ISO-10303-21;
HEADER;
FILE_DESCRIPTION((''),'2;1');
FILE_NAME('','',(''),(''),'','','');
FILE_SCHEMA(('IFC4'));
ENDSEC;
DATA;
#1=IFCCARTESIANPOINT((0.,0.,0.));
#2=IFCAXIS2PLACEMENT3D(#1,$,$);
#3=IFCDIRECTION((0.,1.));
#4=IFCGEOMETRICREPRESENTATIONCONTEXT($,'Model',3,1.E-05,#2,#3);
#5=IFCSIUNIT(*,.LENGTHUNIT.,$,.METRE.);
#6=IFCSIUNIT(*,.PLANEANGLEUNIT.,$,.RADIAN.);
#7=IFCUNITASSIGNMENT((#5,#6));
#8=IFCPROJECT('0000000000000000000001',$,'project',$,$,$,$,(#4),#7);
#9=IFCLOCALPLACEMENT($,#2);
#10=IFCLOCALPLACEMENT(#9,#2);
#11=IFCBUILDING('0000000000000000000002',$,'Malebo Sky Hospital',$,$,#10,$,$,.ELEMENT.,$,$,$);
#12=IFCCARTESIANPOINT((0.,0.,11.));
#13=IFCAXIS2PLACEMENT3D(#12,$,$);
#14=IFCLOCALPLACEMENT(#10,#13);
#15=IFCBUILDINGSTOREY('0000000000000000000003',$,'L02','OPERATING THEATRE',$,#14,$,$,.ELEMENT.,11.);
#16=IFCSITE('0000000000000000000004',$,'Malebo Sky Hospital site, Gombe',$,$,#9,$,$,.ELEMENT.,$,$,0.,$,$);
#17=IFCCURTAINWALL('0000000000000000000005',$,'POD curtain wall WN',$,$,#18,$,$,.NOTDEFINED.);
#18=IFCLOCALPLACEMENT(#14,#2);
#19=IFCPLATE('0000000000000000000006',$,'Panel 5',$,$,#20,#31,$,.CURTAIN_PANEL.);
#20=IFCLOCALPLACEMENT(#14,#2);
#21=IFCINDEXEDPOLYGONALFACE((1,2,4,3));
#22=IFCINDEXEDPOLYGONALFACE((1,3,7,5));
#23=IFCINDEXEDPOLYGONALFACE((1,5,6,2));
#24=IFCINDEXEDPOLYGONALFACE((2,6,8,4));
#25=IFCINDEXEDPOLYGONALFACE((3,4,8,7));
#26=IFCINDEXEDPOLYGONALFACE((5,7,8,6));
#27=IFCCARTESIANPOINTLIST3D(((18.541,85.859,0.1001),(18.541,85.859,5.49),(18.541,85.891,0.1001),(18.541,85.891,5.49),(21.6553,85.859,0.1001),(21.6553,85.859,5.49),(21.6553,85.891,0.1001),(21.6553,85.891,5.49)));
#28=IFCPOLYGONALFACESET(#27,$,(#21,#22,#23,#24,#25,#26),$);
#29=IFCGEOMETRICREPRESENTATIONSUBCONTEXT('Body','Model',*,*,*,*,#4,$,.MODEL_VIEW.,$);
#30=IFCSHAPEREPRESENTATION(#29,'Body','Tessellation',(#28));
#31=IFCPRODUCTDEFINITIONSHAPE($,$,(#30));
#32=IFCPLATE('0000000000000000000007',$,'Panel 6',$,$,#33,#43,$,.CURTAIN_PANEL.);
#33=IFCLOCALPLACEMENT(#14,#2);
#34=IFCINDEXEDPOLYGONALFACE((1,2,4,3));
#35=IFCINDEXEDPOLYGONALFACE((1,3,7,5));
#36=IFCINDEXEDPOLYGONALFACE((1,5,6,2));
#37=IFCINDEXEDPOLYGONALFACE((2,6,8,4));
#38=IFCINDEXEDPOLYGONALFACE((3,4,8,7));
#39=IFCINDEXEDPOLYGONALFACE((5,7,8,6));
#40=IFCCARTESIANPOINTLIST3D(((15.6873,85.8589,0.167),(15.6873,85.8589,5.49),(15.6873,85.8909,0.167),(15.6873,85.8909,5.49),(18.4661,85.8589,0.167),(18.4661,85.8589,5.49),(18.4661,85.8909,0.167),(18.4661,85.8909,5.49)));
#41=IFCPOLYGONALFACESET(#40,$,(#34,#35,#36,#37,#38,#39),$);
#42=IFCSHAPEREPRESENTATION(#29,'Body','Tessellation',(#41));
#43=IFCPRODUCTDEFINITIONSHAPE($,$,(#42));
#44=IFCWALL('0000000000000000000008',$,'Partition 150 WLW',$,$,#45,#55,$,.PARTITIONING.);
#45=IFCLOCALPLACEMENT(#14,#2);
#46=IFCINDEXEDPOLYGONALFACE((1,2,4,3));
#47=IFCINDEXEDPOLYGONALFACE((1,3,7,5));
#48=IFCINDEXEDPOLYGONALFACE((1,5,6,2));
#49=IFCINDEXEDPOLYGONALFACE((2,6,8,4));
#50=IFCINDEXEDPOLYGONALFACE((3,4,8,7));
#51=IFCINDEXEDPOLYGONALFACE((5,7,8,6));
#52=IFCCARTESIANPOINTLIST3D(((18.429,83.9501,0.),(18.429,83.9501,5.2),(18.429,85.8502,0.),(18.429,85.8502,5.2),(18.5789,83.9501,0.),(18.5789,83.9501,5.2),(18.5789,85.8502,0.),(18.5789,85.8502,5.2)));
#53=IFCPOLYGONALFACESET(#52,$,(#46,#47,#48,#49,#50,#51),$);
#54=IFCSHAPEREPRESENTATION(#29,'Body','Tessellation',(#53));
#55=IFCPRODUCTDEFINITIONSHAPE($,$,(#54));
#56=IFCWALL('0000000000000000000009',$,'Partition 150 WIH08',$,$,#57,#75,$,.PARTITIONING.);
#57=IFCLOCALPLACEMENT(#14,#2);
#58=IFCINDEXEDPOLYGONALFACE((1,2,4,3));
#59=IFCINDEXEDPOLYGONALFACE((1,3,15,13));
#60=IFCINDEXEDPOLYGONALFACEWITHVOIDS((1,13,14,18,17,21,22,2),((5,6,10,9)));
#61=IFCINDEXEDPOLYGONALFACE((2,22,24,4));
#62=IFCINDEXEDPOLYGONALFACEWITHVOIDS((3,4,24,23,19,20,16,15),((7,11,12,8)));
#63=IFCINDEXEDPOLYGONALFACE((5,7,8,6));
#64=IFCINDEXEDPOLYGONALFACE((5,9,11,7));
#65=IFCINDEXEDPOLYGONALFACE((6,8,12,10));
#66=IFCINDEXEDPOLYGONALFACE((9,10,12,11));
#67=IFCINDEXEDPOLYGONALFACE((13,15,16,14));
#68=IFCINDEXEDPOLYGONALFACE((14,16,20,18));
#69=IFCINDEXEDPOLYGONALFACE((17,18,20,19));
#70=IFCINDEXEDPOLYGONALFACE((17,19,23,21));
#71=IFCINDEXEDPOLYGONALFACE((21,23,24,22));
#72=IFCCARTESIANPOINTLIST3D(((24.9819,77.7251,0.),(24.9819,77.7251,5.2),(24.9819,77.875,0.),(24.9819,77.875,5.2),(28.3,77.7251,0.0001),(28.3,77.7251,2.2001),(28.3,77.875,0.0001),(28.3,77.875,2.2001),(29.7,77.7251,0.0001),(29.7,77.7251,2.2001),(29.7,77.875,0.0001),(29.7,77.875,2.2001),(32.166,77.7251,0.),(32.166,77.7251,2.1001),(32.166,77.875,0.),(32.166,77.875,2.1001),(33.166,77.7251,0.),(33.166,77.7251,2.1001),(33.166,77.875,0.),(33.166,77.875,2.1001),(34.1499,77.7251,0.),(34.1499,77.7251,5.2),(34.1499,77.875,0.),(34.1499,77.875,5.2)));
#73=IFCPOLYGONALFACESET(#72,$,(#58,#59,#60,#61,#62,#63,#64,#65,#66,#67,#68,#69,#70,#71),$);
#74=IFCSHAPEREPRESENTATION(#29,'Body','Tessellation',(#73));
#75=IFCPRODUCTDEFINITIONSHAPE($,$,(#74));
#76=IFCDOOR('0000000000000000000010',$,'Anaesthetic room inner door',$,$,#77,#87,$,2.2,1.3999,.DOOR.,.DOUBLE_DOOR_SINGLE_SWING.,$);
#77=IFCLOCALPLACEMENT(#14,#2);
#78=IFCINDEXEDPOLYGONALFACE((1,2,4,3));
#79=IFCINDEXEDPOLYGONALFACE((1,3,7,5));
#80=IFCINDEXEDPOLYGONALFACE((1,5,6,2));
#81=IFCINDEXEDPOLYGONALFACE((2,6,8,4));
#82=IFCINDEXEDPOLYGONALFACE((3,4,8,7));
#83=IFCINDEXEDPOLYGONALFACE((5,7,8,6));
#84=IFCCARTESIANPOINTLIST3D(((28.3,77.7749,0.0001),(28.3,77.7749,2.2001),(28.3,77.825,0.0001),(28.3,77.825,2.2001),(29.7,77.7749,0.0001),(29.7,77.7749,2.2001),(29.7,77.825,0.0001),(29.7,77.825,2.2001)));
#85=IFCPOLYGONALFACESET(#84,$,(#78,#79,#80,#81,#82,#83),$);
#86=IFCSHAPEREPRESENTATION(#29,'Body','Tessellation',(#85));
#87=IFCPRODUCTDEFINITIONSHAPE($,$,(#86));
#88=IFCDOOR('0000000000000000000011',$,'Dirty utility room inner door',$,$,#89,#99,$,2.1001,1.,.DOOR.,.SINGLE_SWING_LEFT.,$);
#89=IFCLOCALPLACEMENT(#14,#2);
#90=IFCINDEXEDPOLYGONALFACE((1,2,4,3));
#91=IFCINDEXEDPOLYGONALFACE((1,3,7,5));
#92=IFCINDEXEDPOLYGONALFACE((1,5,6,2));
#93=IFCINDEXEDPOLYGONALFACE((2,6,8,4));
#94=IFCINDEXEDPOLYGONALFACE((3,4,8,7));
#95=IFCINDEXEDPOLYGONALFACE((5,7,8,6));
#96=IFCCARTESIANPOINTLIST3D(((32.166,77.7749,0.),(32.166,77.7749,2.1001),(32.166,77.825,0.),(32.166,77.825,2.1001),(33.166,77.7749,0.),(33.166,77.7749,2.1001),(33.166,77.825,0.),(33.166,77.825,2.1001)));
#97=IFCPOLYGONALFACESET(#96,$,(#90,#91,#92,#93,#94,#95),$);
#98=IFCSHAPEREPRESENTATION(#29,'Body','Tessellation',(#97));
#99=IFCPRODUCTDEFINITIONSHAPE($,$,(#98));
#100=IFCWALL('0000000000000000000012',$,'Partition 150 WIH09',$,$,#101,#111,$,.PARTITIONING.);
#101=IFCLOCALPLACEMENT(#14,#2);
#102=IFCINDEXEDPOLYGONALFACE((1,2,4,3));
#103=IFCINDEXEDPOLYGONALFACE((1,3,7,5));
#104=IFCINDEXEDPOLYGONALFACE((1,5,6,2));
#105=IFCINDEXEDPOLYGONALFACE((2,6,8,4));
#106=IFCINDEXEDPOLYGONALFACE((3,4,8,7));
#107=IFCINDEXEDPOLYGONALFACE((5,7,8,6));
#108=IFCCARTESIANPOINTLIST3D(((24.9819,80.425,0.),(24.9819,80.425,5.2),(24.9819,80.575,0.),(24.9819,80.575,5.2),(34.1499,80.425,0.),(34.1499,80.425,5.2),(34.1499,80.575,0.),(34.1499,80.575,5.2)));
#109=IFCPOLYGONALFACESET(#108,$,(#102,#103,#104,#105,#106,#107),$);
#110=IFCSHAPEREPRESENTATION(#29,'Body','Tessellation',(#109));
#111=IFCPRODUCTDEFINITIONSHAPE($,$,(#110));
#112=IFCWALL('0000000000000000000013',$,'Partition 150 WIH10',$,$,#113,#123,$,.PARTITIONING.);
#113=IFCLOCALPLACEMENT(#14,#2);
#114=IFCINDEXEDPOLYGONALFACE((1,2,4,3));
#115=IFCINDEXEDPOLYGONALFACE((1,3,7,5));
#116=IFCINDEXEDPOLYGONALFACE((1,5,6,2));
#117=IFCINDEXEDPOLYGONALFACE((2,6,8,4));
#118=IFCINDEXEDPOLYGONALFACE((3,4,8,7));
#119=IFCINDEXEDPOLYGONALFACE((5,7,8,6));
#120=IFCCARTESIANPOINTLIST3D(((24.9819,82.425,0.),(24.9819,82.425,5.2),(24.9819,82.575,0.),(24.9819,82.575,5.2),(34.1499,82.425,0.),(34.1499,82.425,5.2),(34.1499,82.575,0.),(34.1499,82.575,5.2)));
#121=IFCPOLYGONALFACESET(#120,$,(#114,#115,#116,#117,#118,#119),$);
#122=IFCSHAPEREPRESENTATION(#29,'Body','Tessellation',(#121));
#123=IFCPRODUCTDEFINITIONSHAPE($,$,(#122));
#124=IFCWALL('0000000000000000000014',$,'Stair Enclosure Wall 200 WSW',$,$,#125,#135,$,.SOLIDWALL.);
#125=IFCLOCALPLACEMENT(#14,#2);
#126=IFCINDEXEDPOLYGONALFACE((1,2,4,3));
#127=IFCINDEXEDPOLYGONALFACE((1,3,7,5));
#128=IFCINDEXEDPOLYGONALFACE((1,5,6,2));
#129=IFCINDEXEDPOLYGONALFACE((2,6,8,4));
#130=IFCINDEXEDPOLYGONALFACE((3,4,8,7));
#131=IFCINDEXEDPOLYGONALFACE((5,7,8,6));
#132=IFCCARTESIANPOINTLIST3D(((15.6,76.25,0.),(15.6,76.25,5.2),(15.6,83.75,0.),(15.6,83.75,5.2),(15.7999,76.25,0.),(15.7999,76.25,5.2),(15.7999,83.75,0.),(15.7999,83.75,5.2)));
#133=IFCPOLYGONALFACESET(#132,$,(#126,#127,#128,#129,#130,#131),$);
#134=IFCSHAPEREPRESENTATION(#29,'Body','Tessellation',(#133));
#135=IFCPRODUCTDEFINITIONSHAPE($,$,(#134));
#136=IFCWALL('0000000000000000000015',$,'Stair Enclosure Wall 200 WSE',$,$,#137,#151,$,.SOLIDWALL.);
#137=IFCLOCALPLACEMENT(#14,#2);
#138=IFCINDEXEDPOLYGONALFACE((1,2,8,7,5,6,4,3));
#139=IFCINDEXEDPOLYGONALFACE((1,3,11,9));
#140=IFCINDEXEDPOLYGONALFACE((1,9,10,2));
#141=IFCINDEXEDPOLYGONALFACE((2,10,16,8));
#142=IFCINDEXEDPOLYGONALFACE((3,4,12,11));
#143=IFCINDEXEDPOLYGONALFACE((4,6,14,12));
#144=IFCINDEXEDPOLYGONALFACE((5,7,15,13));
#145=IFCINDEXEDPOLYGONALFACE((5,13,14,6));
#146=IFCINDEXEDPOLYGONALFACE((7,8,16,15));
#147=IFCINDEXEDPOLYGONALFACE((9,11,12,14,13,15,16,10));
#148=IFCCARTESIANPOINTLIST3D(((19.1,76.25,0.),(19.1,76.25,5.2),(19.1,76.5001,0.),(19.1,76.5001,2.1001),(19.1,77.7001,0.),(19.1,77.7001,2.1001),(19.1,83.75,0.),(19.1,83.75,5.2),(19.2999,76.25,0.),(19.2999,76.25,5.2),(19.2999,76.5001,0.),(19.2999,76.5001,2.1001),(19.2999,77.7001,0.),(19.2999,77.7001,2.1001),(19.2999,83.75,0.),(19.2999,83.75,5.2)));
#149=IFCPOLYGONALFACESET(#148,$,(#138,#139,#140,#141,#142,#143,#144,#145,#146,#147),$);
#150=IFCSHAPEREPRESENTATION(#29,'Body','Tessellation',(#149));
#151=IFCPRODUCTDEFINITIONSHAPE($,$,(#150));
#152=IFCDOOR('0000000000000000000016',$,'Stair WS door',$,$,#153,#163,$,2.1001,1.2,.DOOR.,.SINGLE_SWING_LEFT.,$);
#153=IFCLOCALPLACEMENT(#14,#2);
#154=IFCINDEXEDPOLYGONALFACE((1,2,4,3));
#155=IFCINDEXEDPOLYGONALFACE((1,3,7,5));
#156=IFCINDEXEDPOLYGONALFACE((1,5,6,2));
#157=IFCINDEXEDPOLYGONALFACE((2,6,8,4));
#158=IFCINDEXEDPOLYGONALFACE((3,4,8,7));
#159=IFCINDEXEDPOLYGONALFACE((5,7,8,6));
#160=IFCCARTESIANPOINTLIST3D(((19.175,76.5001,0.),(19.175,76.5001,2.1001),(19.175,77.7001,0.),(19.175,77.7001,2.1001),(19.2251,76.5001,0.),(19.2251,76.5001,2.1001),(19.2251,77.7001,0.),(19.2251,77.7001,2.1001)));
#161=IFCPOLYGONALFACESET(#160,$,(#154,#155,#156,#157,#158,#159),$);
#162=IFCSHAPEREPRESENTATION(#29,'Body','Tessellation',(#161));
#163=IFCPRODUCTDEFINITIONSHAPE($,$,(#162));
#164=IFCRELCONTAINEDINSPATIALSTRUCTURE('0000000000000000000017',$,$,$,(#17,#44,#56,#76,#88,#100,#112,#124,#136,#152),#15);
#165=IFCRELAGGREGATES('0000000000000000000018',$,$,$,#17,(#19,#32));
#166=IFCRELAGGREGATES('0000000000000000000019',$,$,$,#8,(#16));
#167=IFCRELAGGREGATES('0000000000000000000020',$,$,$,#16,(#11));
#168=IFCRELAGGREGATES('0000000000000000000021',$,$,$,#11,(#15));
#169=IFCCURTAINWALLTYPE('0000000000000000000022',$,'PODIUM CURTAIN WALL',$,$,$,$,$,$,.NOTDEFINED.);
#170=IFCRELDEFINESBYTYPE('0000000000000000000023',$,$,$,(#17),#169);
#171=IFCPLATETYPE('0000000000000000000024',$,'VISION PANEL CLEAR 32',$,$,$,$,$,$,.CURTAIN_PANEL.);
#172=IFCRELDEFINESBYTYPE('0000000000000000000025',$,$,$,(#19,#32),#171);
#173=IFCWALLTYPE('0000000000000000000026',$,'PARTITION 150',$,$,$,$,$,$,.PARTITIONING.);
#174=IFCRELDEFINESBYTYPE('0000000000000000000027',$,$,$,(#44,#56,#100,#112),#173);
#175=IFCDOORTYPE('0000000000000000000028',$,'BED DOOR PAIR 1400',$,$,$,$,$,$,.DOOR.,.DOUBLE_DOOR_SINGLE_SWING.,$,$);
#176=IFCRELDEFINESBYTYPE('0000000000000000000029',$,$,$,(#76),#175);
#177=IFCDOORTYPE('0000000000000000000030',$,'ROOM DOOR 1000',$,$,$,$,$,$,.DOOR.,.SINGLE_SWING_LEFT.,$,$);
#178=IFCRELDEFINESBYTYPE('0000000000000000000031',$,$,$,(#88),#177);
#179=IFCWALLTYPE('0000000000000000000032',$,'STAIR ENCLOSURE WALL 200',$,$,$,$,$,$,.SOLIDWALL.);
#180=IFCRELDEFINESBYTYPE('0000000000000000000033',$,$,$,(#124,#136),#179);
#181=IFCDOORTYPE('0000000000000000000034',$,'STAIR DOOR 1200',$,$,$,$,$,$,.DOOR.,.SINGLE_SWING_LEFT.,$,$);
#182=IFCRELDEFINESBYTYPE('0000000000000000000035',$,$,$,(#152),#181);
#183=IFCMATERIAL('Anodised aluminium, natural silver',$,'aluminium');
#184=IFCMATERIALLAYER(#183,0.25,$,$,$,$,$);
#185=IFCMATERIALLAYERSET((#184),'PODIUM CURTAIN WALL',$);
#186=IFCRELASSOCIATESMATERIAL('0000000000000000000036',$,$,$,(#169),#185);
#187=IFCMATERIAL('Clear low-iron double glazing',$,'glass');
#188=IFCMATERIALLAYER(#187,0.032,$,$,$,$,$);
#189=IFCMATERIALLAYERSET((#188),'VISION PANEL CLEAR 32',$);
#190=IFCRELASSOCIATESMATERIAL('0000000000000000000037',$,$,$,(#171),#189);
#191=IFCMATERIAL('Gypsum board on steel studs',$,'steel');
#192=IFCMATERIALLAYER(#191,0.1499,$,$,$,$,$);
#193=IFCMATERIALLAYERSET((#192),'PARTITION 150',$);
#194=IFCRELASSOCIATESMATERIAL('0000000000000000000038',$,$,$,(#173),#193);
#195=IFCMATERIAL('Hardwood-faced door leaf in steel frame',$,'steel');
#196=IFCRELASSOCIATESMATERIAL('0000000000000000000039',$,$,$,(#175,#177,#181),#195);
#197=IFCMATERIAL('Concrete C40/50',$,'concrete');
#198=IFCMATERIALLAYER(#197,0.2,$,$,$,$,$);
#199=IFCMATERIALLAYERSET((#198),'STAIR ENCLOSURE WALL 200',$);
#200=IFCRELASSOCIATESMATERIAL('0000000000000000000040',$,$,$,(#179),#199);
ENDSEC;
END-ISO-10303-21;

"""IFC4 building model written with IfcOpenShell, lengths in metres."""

from ifc_helpers import new_model, si_unit, direction, frame, frame_2d, origin, origin_2d, place, context, subcontext, project, spatial, polyline, rectangle, outline, extrude, material, layer, layer_set, type_object, element, fill, aggregate, save


model = new_model("IFC4")

# Units and contexts
model_context = context("Model", 3, precision=1e-05, world=origin(), true_north=direction((0.0, 1.0)))
body_context = subcontext(model_context, "Body", "Model", "MODEL_VIEW")
ifc_project = project(units=[si_unit("LENGTHUNIT", "METRE"), si_unit("PLANEANGLEUNIT", "RADIAN")], contexts=[model_context])

# Site, building, storey
site_placement = place(None, origin())
site = spatial("IfcSite", under=ifc_project, at=site_placement, Name="Malebo Sky Hospital site, Gombe", CompositionType="ELEMENT", RefElevation=0.0)
building_placement = place(site_placement, origin())
building = spatial("IfcBuilding", under=site, at=building_placement, Name="Malebo Sky Hospital", CompositionType="ELEMENT")
storey_placement = place(building_placement, frame((0.0, 0.0, 11.0)))
storey = spatial("IfcBuildingStorey", under=building, at=storey_placement, Name="L02", Description="OPERATING THEATRE", CompositionType="ELEMENT", Elevation=11.0)

# Curtain wall
ifc_material_1 = material(Name="Anodised aluminium, natural silver", Category="aluminium")
ifc_layer_1 = layer(ifc_material_1, 0.25)
ifc_layer_set_1 = layer_set([ifc_layer_1], Name="PODIUM CURTAIN WALL")
curtain_wall_type = type_object("IfcCurtainWallType", Name="PODIUM CURTAIN WALL", PredefinedType="NOTDEFINED", material=ifc_layer_set_1)
curtain_wall_placement = place(storey_placement, origin())
curtain_wall = element("IfcCurtainWall", 1, at=curtain_wall_placement, inside=storey, type_object=curtain_wall_type, Name="POD curtain wall WN", PredefinedType="NOTDEFINED")

# Plates
ifc_material_2 = material(Name="Clear low-iron double glazing", Category="glass")
ifc_layer_2 = layer(ifc_material_2, 0.032)
ifc_layer_set_2 = layer_set([ifc_layer_2], Name="VISION PANEL CLEAR 32")
plate_type = type_object("IfcPlateType", Name="VISION PANEL CLEAR 32", PredefinedType="CURTAIN_PANEL", material=ifc_layer_set_2)
plate_1_placement = place(storey_placement, frame((20.0981, 85.875, 0.1001), z_axis=(0.0, 0.0, 1.0), x_axis=(-1.0, 0.0, 0.0)))
plate_1 = element("IfcPlate", 2, at=plate_1_placement, type_object=plate_type, Name="Panel 5", PredefinedType="CURTAIN_PANEL", context=body_context, shape_type="SweptSolid", body=[
    extrude(rectangle(XDim=3.1143, YDim=0.032, at=origin_2d()), origin(), (0.0, 0.0, 1.0), 5.3899),
])
plate_2_placement = place(storey_placement, frame((17.0767, 85.875, 0.167), z_axis=(0.0, 0.0, 1.0), x_axis=(-1.0, 0.0, 0.0)))
plate_2 = element("IfcPlate", 3, at=plate_2_placement, type_object=plate_type, Name="Panel 6", PredefinedType="CURTAIN_PANEL", context=body_context, shape_type="SweptSolid", body=[
    extrude(outline(polyline([(-1.3894, 0.0), (1.3894, 0.0), (1.3894, 5.323), (-1.3894, 5.323), (-1.3894, 0.0)])), frame((0.0, 0.0161, 0.0), z_axis=(0.0, -1.0, 0.0), x_axis=(1.0, 0.0, 0.0)), (0.0, 0.0, 1.0), 0.032),
])
aggregate(curtain_wall, [plate_1, plate_2])

# Wall
ifc_material_3 = material(Name="Gypsum board on steel studs", Category="steel")
ifc_layer_3 = layer(ifc_material_3, 0.1499)
ifc_layer_set_3 = layer_set([ifc_layer_3], Name="PARTITION 150")
wall_type_1 = type_object("IfcWallType", Name="PARTITION 150", PredefinedType="PARTITIONING", material=ifc_layer_set_3)
wall_1_placement = place(storey_placement, frame((18.5039, 83.95, 0.0), z_axis=(0.0, 0.0, 1.0), x_axis=(0.0, 1.0, 0.0)))
element("IfcWall", 4, at=wall_1_placement, inside=storey, type_object=wall_type_1, Name="Partition 150 WLW", PredefinedType="PARTITIONING", context=body_context, shape_type="SweptSolid", body=[
    extrude(rectangle(XDim=1.9001, YDim=0.1499, at=frame_2d((0.9502, 0.0))), origin(), (0.0, 0.0, 1.0), 5.2),
])

# Wall, openings, doors
wall_2_placement = place(storey_placement, frame((24.9819, 77.8, 0.0), z_axis=(0.0, 0.0, 1.0), x_axis=(1.0, 0.0, 0.0)))
wall_2 = element("IfcWall", 5, at=wall_2_placement, inside=storey, type_object=wall_type_1, Name="Partition 150 WIH08", PredefinedType="PARTITIONING", context=body_context, shape_type="SweptSolid", body=[
    extrude(rectangle(XDim=9.168, YDim=0.1499, at=frame_2d((4.584, 0.0))), origin(), (0.0, 0.0, 1.0), 5.2),
])
opening_1_placement = place(wall_2_placement, frame((3.3181, 0.0, 0.0)))
opening_1 = element("IfcOpeningElement", 6, at=opening_1_placement, cuts=wall_2, PredefinedType="OPENING", context=body_context, shape_type="SweptSolid", body=[
    extrude(rectangle(XDim=1.3999, YDim=2.2, at=frame_2d((0.7, 1.1001))), frame((0.0, 0.085, 0.0), z_axis=(0.0, -1.0, 0.0), x_axis=(1.0, 0.0, 0.0)), (0.0, 0.0, 1.0), 0.1699),
])
opening_2_placement = place(wall_2_placement, frame((7.1841, 0.0, 0.0)))
opening_2 = element("IfcOpeningElement", 7, at=opening_2_placement, cuts=wall_2, PredefinedType="OPENING", context=body_context, shape_type="SweptSolid", body=[
    extrude(rectangle(XDim=1.0, YDim=2.1001, at=frame_2d((0.5, 1.05))), frame((0.0, 0.085, 0.0), z_axis=(0.0, -1.0, 0.0), x_axis=(1.0, 0.0, 0.0)), (0.0, 0.0, 1.0), 0.1699),
])
ifc_material_4 = material(Name="Hardwood-faced door leaf in steel frame", Category="steel")
door_type_1 = type_object("IfcDoorType", Name="BED DOOR PAIR 1400", OperationType="DOUBLE_DOOR_SINGLE_SWING", PredefinedType="DOOR", material=ifc_material_4)
door_1_placement = place(opening_1_placement, origin())
door_1 = element("IfcDoor", 8, at=door_1_placement, inside=storey, type_object=door_type_1, Name="Anaesthetic room inner door", OperationType="DOUBLE_DOOR_SINGLE_SWING", OverallHeight=2.2, OverallWidth=1.3999, PredefinedType="DOOR", context=body_context, shape_type="SweptSolid", body=[
    extrude(rectangle(XDim=1.3999, YDim=2.2, at=frame_2d((0.7, 1.1001))), frame((0.0, 0.0249, 0.0), z_axis=(0.0, -1.0, 0.0), x_axis=(1.0, 0.0, 0.0)), (0.0, 0.0, 1.0), 0.05),
])
fill(opening_1, door_1)
door_type_2 = type_object("IfcDoorType", Name="ROOM DOOR 1000", OperationType="SINGLE_SWING_LEFT", PredefinedType="DOOR", material=ifc_material_4)
door_2_placement = place(opening_2_placement, origin())
door_2 = element("IfcDoor", 9, at=door_2_placement, inside=storey, type_object=door_type_2, Name="Dirty utility room inner door", OperationType="SINGLE_SWING_LEFT", OverallHeight=2.1001, OverallWidth=1.0, PredefinedType="DOOR", context=body_context, shape_type="SweptSolid", body=[
    extrude(rectangle(XDim=1.0, YDim=2.1001, at=frame_2d((0.5, 1.05))), frame((0.0, 0.0249, 0.0), z_axis=(0.0, -1.0, 0.0), x_axis=(1.0, 0.0, 0.0)), (0.0, 0.0, 1.0), 0.05),
])
fill(opening_2, door_2)

# Walls
for number, where, z_axis, x_axis, name in (
    (10, (24.9819, 80.5, 0.0), (0.0, 0.0, 1.0), (1.0, 0.0, 0.0), "Partition 150 WIH09"),
    (11, (24.9819, 82.5, 0.0), (0.0, 0.0, 1.0), (1.0, 0.0, 0.0), "Partition 150 WIH10"),
):
    element("IfcWall", number, at=place(storey_placement, frame(where, z_axis=z_axis, x_axis=x_axis)), inside=storey, type_object=wall_type_1, Name=name, PredefinedType="PARTITIONING", context=body_context, shape_type="SweptSolid", body=[
        extrude(rectangle(XDim=9.168, YDim=0.1499, at=frame_2d((4.584, 0.0))), origin(), (0.0, 0.0, 1.0), 5.2),
    ])
ifc_material_5 = material(Name="Concrete C40/50", Category="concrete")
ifc_layer_4 = layer(ifc_material_5, 0.2)
ifc_layer_set_4 = layer_set([ifc_layer_4], Name="STAIR ENCLOSURE WALL 200")
wall_type_2 = type_object("IfcWallType", Name="STAIR ENCLOSURE WALL 200", PredefinedType="SOLIDWALL", material=ifc_layer_set_4)
wall_3_placement = place(storey_placement, frame((15.7, 76.25, 0.0), z_axis=(0.0, 0.0, 1.0), x_axis=(0.0, 1.0, 0.0)))
element("IfcWall", 12, at=wall_3_placement, inside=storey, type_object=wall_type_2, Name="Stair Enclosure Wall 200 WSW", PredefinedType="SOLIDWALL", context=body_context, shape_type="SweptSolid", body=[
    extrude(rectangle(XDim=7.5, YDim=0.2, at=frame_2d((3.75, 0.0))), origin(), (0.0, 0.0, 1.0), 5.2),
])

# Wall, opening, door
wall_4_placement = place(storey_placement, frame((19.2, 76.25, 0.0), z_axis=(0.0, 0.0, 1.0), x_axis=(0.0, 1.0, 0.0)))
wall_4 = element("IfcWall", 13, at=wall_4_placement, inside=storey, type_object=wall_type_2, Name="Stair Enclosure Wall 200 WSE", PredefinedType="SOLIDWALL", context=body_context, shape_type="SweptSolid", body=[
    extrude(rectangle(XDim=7.5, YDim=0.2, at=frame_2d((3.75, 0.0))), origin(), (0.0, 0.0, 1.0), 5.2),
])
opening_3_placement = place(wall_4_placement, frame((0.25, 0.0, 0.0)))
opening_3 = element("IfcOpeningElement", 14, at=opening_3_placement, cuts=wall_4, PredefinedType="OPENING", context=body_context, shape_type="SweptSolid", body=[
    extrude(rectangle(XDim=1.2, YDim=2.1001, at=frame_2d((0.6001, 1.05))), frame((0.0, 0.1099, 0.0), z_axis=(0.0, -1.0, 0.0), x_axis=(1.0, 0.0, 0.0)), (0.0, 0.0, 1.0), 0.22),
])
door_type_3 = type_object("IfcDoorType", Name="STAIR DOOR 1200", OperationType="SINGLE_SWING_LEFT", PredefinedType="DOOR", material=ifc_material_4)
door_3_placement = place(opening_3_placement, origin())
door_3 = element("IfcDoor", 15, at=door_3_placement, inside=storey, type_object=door_type_3, Name="Stair WS door", OperationType="SINGLE_SWING_LEFT", OverallHeight=2.1001, OverallWidth=1.2, PredefinedType="DOOR", context=body_context, shape_type="SweptSolid", body=[
    extrude(rectangle(XDim=1.2, YDim=2.1001, at=frame_2d((0.6001, 1.05))), frame((0.0, 0.0249, 0.0), z_axis=(0.0, -1.0, 0.0), x_axis=(1.0, 0.0, 0.0)), (0.0, 0.0, 1.0), 0.05),
])
fill(opening_3, door_3)

save(model, "model.ifc")
